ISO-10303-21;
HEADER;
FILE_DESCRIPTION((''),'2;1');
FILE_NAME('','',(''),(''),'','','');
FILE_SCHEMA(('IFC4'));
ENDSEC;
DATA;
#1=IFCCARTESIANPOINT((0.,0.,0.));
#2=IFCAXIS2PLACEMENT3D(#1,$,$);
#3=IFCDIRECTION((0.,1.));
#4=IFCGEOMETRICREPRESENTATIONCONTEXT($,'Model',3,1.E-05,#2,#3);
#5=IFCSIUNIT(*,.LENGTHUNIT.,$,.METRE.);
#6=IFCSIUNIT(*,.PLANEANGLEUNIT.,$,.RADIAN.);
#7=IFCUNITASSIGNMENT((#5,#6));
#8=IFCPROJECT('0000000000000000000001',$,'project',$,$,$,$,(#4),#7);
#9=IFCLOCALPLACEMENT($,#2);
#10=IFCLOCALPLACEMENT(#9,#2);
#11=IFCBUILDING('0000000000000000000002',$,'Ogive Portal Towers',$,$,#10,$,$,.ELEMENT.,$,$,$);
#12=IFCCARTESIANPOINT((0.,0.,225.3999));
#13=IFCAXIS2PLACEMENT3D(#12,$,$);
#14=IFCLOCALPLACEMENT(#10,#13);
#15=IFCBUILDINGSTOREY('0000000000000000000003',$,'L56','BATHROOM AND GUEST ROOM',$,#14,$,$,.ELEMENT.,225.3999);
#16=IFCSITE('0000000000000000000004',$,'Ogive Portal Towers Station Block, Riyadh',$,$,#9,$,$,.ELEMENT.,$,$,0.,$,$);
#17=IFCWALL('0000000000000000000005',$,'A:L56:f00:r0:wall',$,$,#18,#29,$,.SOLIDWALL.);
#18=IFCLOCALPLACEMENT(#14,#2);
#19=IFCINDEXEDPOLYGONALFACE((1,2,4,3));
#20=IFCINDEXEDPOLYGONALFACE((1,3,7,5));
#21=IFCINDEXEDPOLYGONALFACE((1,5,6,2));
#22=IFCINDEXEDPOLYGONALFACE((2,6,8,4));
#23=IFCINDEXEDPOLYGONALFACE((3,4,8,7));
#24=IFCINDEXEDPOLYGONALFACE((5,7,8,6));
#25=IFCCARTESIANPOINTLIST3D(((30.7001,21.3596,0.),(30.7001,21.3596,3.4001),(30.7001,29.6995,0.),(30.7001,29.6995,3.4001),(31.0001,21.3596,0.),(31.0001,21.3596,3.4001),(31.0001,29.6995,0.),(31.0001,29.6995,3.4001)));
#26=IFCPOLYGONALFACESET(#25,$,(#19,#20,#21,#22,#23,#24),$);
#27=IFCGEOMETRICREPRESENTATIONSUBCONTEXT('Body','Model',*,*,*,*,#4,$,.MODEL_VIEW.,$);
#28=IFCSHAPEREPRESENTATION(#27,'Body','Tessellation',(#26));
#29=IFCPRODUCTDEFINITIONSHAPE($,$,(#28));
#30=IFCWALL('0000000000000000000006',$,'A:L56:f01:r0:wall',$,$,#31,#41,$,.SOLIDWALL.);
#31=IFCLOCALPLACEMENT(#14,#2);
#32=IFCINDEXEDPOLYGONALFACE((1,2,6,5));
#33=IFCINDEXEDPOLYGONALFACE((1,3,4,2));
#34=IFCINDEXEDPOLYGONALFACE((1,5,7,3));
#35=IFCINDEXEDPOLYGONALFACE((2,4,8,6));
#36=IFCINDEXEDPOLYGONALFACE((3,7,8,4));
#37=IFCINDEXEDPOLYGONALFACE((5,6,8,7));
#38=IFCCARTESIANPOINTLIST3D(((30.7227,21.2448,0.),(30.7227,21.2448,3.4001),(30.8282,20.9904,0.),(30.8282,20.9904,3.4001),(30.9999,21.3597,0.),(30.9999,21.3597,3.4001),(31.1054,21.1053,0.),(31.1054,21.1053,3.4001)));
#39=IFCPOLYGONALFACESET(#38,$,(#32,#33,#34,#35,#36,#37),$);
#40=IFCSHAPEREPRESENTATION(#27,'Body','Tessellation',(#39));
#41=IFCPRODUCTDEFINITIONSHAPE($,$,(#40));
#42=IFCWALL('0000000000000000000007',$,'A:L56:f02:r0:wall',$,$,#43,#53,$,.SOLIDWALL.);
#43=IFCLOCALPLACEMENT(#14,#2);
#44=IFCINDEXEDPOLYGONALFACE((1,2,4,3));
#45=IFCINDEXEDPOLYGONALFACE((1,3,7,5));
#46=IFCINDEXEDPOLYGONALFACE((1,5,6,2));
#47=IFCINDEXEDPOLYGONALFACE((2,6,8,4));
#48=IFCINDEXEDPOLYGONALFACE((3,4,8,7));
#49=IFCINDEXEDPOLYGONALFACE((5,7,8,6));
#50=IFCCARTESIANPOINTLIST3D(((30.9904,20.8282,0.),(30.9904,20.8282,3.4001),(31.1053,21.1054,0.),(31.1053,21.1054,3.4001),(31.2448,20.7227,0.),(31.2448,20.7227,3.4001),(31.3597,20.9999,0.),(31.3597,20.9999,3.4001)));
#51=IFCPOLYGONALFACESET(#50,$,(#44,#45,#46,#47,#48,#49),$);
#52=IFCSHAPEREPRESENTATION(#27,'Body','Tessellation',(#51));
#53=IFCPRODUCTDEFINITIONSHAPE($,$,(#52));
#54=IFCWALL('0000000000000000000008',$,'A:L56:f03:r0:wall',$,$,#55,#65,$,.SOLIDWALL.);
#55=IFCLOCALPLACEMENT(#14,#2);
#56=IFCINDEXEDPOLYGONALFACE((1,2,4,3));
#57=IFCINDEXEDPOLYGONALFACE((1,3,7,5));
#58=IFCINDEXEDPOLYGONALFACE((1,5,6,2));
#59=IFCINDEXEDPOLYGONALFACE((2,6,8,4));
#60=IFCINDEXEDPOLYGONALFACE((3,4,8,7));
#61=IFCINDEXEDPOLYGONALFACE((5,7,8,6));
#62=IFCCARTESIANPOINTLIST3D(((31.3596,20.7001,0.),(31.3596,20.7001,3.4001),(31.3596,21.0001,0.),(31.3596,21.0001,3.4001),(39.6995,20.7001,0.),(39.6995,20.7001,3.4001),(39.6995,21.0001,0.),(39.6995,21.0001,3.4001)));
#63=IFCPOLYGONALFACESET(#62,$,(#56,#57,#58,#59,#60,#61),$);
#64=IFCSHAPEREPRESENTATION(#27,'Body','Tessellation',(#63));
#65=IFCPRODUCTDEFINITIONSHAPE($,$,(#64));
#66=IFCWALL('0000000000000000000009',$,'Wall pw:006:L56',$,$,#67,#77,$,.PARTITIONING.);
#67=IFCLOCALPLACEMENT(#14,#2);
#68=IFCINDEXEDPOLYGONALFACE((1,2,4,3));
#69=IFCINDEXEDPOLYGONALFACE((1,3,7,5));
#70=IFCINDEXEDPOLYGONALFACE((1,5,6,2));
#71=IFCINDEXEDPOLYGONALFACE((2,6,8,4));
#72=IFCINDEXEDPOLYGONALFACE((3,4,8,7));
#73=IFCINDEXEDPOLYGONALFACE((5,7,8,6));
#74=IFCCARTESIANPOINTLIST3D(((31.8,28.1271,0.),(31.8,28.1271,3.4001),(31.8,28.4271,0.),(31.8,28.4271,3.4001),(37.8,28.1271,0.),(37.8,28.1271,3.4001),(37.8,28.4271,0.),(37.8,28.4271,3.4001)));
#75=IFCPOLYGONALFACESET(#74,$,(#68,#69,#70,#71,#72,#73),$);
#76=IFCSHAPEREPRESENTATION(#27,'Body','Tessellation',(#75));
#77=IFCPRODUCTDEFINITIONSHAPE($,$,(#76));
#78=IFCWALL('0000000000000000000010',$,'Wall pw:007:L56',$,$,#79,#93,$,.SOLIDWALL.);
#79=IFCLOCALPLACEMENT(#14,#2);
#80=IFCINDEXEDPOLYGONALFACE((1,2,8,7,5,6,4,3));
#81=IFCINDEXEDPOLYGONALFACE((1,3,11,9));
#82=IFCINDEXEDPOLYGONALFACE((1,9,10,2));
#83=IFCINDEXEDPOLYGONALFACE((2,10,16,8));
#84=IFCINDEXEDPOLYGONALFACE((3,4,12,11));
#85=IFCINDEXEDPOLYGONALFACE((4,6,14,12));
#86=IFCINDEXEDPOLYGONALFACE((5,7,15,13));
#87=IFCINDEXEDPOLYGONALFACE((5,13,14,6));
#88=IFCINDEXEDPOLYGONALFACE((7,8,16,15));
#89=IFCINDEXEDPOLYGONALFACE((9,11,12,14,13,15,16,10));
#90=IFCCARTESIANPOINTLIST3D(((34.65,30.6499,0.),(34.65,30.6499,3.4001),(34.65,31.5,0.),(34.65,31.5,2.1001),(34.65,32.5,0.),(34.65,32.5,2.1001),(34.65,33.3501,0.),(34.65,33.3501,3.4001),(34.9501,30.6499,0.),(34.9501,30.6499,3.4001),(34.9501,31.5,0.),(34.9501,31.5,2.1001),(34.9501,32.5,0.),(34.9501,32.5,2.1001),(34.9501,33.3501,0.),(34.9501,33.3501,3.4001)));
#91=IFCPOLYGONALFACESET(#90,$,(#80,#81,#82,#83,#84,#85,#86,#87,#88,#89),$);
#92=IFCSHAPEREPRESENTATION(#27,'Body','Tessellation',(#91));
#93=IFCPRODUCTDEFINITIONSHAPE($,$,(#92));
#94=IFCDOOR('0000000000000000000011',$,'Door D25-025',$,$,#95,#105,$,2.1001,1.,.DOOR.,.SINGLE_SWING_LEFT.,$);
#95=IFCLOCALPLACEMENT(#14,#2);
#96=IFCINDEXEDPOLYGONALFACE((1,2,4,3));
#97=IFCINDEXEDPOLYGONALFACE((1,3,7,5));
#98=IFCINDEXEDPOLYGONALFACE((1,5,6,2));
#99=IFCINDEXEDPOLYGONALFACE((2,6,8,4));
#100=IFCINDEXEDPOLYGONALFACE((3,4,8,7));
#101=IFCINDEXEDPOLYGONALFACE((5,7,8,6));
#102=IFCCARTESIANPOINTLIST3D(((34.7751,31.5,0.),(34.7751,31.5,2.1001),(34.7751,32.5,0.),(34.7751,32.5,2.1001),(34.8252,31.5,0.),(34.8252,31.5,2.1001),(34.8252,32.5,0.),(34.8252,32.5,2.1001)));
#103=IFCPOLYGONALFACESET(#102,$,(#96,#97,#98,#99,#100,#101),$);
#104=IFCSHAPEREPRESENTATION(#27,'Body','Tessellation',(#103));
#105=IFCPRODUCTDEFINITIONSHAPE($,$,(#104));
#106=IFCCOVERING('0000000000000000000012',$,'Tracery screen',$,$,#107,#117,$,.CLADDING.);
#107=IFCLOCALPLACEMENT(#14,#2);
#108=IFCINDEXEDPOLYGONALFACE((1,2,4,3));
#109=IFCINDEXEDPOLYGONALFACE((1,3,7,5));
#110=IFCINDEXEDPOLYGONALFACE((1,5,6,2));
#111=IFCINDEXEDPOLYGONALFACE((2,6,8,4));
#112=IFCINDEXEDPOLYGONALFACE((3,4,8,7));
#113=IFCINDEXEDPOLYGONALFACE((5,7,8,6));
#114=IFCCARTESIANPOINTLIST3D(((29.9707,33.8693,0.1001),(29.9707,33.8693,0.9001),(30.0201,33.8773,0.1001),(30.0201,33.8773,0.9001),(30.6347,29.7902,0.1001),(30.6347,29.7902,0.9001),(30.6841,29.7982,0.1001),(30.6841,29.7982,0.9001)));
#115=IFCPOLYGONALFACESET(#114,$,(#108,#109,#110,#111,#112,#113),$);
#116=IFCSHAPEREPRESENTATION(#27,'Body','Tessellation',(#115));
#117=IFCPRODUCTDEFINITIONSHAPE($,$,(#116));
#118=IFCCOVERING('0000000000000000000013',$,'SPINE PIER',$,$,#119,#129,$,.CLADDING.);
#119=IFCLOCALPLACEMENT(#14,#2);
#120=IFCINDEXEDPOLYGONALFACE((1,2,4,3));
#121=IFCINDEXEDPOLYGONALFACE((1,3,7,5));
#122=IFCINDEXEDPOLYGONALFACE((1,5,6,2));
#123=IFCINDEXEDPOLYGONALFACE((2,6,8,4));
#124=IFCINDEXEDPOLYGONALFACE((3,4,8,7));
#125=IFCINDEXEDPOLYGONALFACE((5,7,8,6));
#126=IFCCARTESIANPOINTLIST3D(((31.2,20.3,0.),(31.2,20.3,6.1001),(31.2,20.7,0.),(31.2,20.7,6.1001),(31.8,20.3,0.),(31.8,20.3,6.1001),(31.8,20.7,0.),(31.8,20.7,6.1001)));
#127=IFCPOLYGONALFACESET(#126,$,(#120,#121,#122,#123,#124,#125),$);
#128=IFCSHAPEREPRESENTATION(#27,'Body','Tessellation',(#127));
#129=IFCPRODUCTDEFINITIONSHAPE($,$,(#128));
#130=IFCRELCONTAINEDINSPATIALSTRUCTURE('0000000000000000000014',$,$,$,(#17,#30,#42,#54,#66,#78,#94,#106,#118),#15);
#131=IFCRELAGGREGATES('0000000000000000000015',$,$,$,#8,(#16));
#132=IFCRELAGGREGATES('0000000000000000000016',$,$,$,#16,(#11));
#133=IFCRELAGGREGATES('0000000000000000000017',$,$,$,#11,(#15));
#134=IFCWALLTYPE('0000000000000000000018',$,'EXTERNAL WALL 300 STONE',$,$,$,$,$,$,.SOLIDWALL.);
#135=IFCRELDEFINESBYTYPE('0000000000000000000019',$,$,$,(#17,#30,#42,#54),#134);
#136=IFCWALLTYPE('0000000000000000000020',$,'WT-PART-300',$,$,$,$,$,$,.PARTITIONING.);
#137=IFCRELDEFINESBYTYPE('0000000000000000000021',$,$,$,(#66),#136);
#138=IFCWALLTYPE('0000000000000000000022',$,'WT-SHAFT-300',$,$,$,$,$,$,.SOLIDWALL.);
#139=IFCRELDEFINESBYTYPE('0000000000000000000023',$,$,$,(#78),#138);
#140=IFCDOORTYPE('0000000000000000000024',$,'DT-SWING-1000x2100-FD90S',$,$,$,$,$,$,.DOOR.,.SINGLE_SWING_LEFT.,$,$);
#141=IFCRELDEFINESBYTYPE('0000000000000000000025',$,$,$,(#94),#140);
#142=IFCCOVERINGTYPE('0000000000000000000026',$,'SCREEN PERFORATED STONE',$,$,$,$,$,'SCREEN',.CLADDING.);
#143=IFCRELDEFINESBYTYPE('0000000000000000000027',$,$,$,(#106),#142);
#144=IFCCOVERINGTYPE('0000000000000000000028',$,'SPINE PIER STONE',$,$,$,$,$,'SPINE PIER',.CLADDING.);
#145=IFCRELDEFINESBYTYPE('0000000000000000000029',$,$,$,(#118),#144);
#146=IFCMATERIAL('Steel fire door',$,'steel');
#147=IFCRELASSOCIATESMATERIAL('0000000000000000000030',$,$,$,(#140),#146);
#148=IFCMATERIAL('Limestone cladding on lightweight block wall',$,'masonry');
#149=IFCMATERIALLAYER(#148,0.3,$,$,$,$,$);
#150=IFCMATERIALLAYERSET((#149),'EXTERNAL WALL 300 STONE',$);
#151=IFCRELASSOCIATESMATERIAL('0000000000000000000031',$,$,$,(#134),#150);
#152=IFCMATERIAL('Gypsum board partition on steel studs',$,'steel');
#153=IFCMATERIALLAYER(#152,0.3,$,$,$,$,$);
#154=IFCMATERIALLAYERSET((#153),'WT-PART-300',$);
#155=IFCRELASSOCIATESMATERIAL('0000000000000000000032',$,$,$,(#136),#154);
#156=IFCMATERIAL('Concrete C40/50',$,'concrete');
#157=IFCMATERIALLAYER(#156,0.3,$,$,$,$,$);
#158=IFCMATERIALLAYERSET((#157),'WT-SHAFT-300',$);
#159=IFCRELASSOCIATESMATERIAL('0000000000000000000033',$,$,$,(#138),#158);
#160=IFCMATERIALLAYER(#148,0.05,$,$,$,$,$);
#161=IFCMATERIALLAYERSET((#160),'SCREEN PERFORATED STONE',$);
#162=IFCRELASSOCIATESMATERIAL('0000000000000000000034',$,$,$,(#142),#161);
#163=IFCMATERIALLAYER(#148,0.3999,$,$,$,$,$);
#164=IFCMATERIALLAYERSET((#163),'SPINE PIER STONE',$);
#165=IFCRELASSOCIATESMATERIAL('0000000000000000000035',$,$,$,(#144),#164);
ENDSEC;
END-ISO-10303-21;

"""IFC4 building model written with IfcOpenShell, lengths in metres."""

from ifc_helpers import new_model, si_unit, direction, frame, frame_2d, origin, origin_2d, place, context, subcontext, project, spatial, rectangle, extrude, material, layer, layer_set, type_object, element, fill, save


model = new_model("IFC4")

# Units and contexts
model_context = context("Model", 3, precision=1e-05, world=origin(), true_north=direction((0.0, 1.0)))
body_context = subcontext(model_context, "Body", "Model", "MODEL_VIEW")
ifc_project = project(units=[si_unit("LENGTHUNIT", "METRE"), si_unit("PLANEANGLEUNIT", "RADIAN")], contexts=[model_context])

# Site, building, storey
site_placement = place(None, origin())
site = spatial("IfcSite", under=ifc_project, at=site_placement, Name="Ogive Portal Towers Station Block, Riyadh", CompositionType="ELEMENT", RefElevation=0.0)
building_placement = place(site_placement, origin())
building = spatial("IfcBuilding", under=site, at=building_placement, Name="Ogive Portal Towers", CompositionType="ELEMENT")
storey_placement = place(building_placement, frame((0.0, 0.0, 225.3999)))
storey = spatial("IfcBuildingStorey", under=building, at=storey_placement, Name="L56", Description="BATHROOM AND GUEST ROOM", CompositionType="ELEMENT", Elevation=225.3999)

# Shared definitions
ifc_material_1 = material(Name="Concrete C40/50", Category="concrete")

# Shared definitions
ifc_material_2 = material(Name="Steel fire door", Category="steel")
door_type_1 = type_object("IfcDoorType", Name="DT-SWING-1000x2100-FD90S", OperationType="SINGLE_SWING_LEFT", PredefinedType="DOOR", material=ifc_material_2)

# Walls
ifc_material_3 = material(Name="Limestone cladding on lightweight block wall", Category="masonry")
ifc_layer_1 = layer(ifc_material_3, 0.3)
ifc_layer_set_1 = layer_set([ifc_layer_1], Name="EXTERNAL WALL 300 STONE")
wall_type_1 = type_object("IfcWallType", Name="EXTERNAL WALL 300 STONE", PredefinedType="SOLIDWALL", material=ifc_layer_set_1)
wall_1_placement = place(storey_placement, frame((30.8501, 29.6995, 0.0), z_axis=(0.0, 0.0, 1.0), x_axis=(0.0, -1.0, 0.0)))
element("IfcWall", 1, at=wall_1_placement, inside=storey, type_object=wall_type_1, Name="A:L56:f00:r0:wall", PredefinedType="SOLIDWALL", context=body_context, shape_type="SweptSolid", body=[
    extrude(rectangle(XDim=8.3398, YDim=0.3, at=frame_2d((4.1699, 0.0))), origin(), (0.0, 0.0, 1.0), 3.4001),
])
for number, where, z_axis, x_axis, name in (
    (2, (30.8613, 21.3022, 0.0), (0.0, 0.0, 1.0), (0.382978, -0.923757, 0.0), "A:L56:f01:r0:wall"),
    (3, (31.0479, 20.9668, 0.0), (0.0, 0.0, 1.0), (0.923757, -0.382978, 0.0), "A:L56:f02:r0:wall"),
):
    element("IfcWall", number, at=place(storey_placement, frame(where, z_axis=z_axis, x_axis=x_axis)), inside=storey, type_object=wall_type_1, Name=name, PredefinedType="SOLIDWALL", context=body_context, shape_type="SweptSolid", body=[
        extrude(rectangle(XDim=0.2754, YDim=0.3, at=frame_2d((0.1377, 0.0))), origin(), (0.0, 0.0, 1.0), 3.4001),
    ])
wall_2_placement = place(storey_placement, frame((31.3596, 20.8501, 0.0), z_axis=(0.0, 0.0, 1.0), x_axis=(1.0, 0.0, 0.0)))
element("IfcWall", 4, at=wall_2_placement, inside=storey, type_object=wall_type_1, Name="A:L56:f03:r0:wall", PredefinedType="SOLIDWALL", context=body_context, shape_type="SweptSolid", body=[
    extrude(rectangle(XDim=8.3398, YDim=0.3, at=frame_2d((4.1699, 0.0))), origin(), (0.0, 0.0, 1.0), 3.4001),
])
ifc_material_4 = material(Name="Gypsum board partition on steel studs", Category="steel")
ifc_layer_2 = layer(ifc_material_4, 0.3)
ifc_layer_set_2 = layer_set([ifc_layer_2], Name="WT-PART-300")
wall_type_2 = type_object("IfcWallType", Name="WT-PART-300", PredefinedType="PARTITIONING", material=ifc_layer_set_2)
wall_3_placement = place(storey_placement, frame((31.8, 28.2771, 0.0), z_axis=(0.0, 0.0, 1.0), x_axis=(1.0, 0.0, 0.0)))
element("IfcWall", 5, at=wall_3_placement, inside=storey, type_object=wall_type_2, Name="Wall pw:006:L56", PredefinedType="PARTITIONING", context=body_context, shape_type="SweptSolid", body=[
    extrude(rectangle(XDim=6.0, YDim=0.3, at=frame_2d((3.0, 0.0))), origin(), (0.0, 0.0, 1.0), 3.4001),
])

# Wall, opening, door
ifc_layer_3 = layer(ifc_material_1, 0.3)
ifc_layer_set_3 = layer_set([ifc_layer_3], Name="WT-SHAFT-300")
wall_type_3 = type_object("IfcWallType", Name="WT-SHAFT-300", PredefinedType="SOLIDWALL", material=ifc_layer_set_3)
wall_4_placement = place(storey_placement, frame((34.8, 30.6499, 0.0), z_axis=(0.0, 0.0, 1.0), x_axis=(0.0, 1.0, 0.0)))
wall_4 = element("IfcWall", 6, at=wall_4_placement, inside=storey, type_object=wall_type_3, Name="Wall pw:007:L56", PredefinedType="SOLIDWALL", context=body_context, shape_type="SweptSolid", body=[
    extrude(rectangle(XDim=2.7002, YDim=0.3, at=frame_2d((1.3501, 0.0))), origin(), (0.0, 0.0, 1.0), 3.4001),
])
opening_1_placement = place(wall_4_placement, frame((0.8501, 0.0, 0.0)))
opening_1 = element("IfcOpeningElement", 7, at=opening_1_placement, cuts=wall_4, PredefinedType="OPENING", context=body_context, shape_type="SweptSolid", body=[
    extrude(rectangle(XDim=1.0, YDim=2.1001, at=frame_2d((0.5, 1.05))), frame((0.0, 0.1602, 0.0), z_axis=(0.0, -1.0, 0.0), x_axis=(1.0, 0.0, 0.0)), (0.0, 0.0, 1.0), 0.3201),
])
door_1_placement = place(opening_1_placement, origin())
door_1 = element("IfcDoor", 8, at=door_1_placement, inside=storey, type_object=door_type_1, Name="Door D25-025", OperationType="SINGLE_SWING_LEFT", OverallHeight=2.1001, OverallWidth=1.0, PredefinedType="DOOR", context=body_context, shape_type="SweptSolid", body=[
    extrude(rectangle(XDim=1.0, YDim=2.1001, at=frame_2d((0.5, 1.05))), frame((0.0, 0.0249, 0.0), z_axis=(0.0, -1.0, 0.0), x_axis=(1.0, 0.0, 0.0)), (0.0, 0.0, 1.0), 0.05),
])
fill(opening_1, door_1)

# Coverings
ifc_layer_4 = layer(ifc_material_3, 0.05)
ifc_layer_set_4 = layer_set([ifc_layer_4], Name="SCREEN PERFORATED STONE")
covering_type_1 = type_object("IfcCoveringType", Name="SCREEN PERFORATED STONE", ElementType="SCREEN", PredefinedType="CLADDING", material=ifc_layer_set_4)
covering_1_placement = place(storey_placement, frame((30.3274, 31.8337, 0.1001), z_axis=(0.0, 0.0, 1.0), x_axis=(0.160655, -0.987011, 0.0)))
element("IfcCovering", 9, at=covering_1_placement, inside=storey, type_object=covering_type_1, Name="Tracery screen", PredefinedType="CLADDING", context=body_context, shape_type="SweptSolid", body=[
    extrude(rectangle(XDim=4.1328, YDim=0.05, at=origin_2d()), origin(), (0.0, 0.0, 1.0), 0.8),
])
ifc_layer_5 = layer(ifc_material_3, 0.3999)
ifc_layer_set_5 = layer_set([ifc_layer_5], Name="SPINE PIER STONE")
covering_type_2 = type_object("IfcCoveringType", Name="SPINE PIER STONE", ElementType="SPINE PIER", PredefinedType="CLADDING", material=ifc_layer_set_5)
covering_2_placement = place(storey_placement, frame((31.5, 20.5, 0.0), z_axis=(0.0, 0.0, 1.0), x_axis=(1.0, 0.0, 0.0)))
element("IfcCovering", 10, at=covering_2_placement, inside=storey, type_object=covering_type_2, Name="SPINE PIER", PredefinedType="CLADDING", context=body_context, shape_type="SweptSolid", body=[
    extrude(rectangle(XDim=0.6001, YDim=0.3999, at=origin_2d()), origin(), (0.0, 0.0, 1.0), 6.1001),
])

save(model, "model.ifc")
